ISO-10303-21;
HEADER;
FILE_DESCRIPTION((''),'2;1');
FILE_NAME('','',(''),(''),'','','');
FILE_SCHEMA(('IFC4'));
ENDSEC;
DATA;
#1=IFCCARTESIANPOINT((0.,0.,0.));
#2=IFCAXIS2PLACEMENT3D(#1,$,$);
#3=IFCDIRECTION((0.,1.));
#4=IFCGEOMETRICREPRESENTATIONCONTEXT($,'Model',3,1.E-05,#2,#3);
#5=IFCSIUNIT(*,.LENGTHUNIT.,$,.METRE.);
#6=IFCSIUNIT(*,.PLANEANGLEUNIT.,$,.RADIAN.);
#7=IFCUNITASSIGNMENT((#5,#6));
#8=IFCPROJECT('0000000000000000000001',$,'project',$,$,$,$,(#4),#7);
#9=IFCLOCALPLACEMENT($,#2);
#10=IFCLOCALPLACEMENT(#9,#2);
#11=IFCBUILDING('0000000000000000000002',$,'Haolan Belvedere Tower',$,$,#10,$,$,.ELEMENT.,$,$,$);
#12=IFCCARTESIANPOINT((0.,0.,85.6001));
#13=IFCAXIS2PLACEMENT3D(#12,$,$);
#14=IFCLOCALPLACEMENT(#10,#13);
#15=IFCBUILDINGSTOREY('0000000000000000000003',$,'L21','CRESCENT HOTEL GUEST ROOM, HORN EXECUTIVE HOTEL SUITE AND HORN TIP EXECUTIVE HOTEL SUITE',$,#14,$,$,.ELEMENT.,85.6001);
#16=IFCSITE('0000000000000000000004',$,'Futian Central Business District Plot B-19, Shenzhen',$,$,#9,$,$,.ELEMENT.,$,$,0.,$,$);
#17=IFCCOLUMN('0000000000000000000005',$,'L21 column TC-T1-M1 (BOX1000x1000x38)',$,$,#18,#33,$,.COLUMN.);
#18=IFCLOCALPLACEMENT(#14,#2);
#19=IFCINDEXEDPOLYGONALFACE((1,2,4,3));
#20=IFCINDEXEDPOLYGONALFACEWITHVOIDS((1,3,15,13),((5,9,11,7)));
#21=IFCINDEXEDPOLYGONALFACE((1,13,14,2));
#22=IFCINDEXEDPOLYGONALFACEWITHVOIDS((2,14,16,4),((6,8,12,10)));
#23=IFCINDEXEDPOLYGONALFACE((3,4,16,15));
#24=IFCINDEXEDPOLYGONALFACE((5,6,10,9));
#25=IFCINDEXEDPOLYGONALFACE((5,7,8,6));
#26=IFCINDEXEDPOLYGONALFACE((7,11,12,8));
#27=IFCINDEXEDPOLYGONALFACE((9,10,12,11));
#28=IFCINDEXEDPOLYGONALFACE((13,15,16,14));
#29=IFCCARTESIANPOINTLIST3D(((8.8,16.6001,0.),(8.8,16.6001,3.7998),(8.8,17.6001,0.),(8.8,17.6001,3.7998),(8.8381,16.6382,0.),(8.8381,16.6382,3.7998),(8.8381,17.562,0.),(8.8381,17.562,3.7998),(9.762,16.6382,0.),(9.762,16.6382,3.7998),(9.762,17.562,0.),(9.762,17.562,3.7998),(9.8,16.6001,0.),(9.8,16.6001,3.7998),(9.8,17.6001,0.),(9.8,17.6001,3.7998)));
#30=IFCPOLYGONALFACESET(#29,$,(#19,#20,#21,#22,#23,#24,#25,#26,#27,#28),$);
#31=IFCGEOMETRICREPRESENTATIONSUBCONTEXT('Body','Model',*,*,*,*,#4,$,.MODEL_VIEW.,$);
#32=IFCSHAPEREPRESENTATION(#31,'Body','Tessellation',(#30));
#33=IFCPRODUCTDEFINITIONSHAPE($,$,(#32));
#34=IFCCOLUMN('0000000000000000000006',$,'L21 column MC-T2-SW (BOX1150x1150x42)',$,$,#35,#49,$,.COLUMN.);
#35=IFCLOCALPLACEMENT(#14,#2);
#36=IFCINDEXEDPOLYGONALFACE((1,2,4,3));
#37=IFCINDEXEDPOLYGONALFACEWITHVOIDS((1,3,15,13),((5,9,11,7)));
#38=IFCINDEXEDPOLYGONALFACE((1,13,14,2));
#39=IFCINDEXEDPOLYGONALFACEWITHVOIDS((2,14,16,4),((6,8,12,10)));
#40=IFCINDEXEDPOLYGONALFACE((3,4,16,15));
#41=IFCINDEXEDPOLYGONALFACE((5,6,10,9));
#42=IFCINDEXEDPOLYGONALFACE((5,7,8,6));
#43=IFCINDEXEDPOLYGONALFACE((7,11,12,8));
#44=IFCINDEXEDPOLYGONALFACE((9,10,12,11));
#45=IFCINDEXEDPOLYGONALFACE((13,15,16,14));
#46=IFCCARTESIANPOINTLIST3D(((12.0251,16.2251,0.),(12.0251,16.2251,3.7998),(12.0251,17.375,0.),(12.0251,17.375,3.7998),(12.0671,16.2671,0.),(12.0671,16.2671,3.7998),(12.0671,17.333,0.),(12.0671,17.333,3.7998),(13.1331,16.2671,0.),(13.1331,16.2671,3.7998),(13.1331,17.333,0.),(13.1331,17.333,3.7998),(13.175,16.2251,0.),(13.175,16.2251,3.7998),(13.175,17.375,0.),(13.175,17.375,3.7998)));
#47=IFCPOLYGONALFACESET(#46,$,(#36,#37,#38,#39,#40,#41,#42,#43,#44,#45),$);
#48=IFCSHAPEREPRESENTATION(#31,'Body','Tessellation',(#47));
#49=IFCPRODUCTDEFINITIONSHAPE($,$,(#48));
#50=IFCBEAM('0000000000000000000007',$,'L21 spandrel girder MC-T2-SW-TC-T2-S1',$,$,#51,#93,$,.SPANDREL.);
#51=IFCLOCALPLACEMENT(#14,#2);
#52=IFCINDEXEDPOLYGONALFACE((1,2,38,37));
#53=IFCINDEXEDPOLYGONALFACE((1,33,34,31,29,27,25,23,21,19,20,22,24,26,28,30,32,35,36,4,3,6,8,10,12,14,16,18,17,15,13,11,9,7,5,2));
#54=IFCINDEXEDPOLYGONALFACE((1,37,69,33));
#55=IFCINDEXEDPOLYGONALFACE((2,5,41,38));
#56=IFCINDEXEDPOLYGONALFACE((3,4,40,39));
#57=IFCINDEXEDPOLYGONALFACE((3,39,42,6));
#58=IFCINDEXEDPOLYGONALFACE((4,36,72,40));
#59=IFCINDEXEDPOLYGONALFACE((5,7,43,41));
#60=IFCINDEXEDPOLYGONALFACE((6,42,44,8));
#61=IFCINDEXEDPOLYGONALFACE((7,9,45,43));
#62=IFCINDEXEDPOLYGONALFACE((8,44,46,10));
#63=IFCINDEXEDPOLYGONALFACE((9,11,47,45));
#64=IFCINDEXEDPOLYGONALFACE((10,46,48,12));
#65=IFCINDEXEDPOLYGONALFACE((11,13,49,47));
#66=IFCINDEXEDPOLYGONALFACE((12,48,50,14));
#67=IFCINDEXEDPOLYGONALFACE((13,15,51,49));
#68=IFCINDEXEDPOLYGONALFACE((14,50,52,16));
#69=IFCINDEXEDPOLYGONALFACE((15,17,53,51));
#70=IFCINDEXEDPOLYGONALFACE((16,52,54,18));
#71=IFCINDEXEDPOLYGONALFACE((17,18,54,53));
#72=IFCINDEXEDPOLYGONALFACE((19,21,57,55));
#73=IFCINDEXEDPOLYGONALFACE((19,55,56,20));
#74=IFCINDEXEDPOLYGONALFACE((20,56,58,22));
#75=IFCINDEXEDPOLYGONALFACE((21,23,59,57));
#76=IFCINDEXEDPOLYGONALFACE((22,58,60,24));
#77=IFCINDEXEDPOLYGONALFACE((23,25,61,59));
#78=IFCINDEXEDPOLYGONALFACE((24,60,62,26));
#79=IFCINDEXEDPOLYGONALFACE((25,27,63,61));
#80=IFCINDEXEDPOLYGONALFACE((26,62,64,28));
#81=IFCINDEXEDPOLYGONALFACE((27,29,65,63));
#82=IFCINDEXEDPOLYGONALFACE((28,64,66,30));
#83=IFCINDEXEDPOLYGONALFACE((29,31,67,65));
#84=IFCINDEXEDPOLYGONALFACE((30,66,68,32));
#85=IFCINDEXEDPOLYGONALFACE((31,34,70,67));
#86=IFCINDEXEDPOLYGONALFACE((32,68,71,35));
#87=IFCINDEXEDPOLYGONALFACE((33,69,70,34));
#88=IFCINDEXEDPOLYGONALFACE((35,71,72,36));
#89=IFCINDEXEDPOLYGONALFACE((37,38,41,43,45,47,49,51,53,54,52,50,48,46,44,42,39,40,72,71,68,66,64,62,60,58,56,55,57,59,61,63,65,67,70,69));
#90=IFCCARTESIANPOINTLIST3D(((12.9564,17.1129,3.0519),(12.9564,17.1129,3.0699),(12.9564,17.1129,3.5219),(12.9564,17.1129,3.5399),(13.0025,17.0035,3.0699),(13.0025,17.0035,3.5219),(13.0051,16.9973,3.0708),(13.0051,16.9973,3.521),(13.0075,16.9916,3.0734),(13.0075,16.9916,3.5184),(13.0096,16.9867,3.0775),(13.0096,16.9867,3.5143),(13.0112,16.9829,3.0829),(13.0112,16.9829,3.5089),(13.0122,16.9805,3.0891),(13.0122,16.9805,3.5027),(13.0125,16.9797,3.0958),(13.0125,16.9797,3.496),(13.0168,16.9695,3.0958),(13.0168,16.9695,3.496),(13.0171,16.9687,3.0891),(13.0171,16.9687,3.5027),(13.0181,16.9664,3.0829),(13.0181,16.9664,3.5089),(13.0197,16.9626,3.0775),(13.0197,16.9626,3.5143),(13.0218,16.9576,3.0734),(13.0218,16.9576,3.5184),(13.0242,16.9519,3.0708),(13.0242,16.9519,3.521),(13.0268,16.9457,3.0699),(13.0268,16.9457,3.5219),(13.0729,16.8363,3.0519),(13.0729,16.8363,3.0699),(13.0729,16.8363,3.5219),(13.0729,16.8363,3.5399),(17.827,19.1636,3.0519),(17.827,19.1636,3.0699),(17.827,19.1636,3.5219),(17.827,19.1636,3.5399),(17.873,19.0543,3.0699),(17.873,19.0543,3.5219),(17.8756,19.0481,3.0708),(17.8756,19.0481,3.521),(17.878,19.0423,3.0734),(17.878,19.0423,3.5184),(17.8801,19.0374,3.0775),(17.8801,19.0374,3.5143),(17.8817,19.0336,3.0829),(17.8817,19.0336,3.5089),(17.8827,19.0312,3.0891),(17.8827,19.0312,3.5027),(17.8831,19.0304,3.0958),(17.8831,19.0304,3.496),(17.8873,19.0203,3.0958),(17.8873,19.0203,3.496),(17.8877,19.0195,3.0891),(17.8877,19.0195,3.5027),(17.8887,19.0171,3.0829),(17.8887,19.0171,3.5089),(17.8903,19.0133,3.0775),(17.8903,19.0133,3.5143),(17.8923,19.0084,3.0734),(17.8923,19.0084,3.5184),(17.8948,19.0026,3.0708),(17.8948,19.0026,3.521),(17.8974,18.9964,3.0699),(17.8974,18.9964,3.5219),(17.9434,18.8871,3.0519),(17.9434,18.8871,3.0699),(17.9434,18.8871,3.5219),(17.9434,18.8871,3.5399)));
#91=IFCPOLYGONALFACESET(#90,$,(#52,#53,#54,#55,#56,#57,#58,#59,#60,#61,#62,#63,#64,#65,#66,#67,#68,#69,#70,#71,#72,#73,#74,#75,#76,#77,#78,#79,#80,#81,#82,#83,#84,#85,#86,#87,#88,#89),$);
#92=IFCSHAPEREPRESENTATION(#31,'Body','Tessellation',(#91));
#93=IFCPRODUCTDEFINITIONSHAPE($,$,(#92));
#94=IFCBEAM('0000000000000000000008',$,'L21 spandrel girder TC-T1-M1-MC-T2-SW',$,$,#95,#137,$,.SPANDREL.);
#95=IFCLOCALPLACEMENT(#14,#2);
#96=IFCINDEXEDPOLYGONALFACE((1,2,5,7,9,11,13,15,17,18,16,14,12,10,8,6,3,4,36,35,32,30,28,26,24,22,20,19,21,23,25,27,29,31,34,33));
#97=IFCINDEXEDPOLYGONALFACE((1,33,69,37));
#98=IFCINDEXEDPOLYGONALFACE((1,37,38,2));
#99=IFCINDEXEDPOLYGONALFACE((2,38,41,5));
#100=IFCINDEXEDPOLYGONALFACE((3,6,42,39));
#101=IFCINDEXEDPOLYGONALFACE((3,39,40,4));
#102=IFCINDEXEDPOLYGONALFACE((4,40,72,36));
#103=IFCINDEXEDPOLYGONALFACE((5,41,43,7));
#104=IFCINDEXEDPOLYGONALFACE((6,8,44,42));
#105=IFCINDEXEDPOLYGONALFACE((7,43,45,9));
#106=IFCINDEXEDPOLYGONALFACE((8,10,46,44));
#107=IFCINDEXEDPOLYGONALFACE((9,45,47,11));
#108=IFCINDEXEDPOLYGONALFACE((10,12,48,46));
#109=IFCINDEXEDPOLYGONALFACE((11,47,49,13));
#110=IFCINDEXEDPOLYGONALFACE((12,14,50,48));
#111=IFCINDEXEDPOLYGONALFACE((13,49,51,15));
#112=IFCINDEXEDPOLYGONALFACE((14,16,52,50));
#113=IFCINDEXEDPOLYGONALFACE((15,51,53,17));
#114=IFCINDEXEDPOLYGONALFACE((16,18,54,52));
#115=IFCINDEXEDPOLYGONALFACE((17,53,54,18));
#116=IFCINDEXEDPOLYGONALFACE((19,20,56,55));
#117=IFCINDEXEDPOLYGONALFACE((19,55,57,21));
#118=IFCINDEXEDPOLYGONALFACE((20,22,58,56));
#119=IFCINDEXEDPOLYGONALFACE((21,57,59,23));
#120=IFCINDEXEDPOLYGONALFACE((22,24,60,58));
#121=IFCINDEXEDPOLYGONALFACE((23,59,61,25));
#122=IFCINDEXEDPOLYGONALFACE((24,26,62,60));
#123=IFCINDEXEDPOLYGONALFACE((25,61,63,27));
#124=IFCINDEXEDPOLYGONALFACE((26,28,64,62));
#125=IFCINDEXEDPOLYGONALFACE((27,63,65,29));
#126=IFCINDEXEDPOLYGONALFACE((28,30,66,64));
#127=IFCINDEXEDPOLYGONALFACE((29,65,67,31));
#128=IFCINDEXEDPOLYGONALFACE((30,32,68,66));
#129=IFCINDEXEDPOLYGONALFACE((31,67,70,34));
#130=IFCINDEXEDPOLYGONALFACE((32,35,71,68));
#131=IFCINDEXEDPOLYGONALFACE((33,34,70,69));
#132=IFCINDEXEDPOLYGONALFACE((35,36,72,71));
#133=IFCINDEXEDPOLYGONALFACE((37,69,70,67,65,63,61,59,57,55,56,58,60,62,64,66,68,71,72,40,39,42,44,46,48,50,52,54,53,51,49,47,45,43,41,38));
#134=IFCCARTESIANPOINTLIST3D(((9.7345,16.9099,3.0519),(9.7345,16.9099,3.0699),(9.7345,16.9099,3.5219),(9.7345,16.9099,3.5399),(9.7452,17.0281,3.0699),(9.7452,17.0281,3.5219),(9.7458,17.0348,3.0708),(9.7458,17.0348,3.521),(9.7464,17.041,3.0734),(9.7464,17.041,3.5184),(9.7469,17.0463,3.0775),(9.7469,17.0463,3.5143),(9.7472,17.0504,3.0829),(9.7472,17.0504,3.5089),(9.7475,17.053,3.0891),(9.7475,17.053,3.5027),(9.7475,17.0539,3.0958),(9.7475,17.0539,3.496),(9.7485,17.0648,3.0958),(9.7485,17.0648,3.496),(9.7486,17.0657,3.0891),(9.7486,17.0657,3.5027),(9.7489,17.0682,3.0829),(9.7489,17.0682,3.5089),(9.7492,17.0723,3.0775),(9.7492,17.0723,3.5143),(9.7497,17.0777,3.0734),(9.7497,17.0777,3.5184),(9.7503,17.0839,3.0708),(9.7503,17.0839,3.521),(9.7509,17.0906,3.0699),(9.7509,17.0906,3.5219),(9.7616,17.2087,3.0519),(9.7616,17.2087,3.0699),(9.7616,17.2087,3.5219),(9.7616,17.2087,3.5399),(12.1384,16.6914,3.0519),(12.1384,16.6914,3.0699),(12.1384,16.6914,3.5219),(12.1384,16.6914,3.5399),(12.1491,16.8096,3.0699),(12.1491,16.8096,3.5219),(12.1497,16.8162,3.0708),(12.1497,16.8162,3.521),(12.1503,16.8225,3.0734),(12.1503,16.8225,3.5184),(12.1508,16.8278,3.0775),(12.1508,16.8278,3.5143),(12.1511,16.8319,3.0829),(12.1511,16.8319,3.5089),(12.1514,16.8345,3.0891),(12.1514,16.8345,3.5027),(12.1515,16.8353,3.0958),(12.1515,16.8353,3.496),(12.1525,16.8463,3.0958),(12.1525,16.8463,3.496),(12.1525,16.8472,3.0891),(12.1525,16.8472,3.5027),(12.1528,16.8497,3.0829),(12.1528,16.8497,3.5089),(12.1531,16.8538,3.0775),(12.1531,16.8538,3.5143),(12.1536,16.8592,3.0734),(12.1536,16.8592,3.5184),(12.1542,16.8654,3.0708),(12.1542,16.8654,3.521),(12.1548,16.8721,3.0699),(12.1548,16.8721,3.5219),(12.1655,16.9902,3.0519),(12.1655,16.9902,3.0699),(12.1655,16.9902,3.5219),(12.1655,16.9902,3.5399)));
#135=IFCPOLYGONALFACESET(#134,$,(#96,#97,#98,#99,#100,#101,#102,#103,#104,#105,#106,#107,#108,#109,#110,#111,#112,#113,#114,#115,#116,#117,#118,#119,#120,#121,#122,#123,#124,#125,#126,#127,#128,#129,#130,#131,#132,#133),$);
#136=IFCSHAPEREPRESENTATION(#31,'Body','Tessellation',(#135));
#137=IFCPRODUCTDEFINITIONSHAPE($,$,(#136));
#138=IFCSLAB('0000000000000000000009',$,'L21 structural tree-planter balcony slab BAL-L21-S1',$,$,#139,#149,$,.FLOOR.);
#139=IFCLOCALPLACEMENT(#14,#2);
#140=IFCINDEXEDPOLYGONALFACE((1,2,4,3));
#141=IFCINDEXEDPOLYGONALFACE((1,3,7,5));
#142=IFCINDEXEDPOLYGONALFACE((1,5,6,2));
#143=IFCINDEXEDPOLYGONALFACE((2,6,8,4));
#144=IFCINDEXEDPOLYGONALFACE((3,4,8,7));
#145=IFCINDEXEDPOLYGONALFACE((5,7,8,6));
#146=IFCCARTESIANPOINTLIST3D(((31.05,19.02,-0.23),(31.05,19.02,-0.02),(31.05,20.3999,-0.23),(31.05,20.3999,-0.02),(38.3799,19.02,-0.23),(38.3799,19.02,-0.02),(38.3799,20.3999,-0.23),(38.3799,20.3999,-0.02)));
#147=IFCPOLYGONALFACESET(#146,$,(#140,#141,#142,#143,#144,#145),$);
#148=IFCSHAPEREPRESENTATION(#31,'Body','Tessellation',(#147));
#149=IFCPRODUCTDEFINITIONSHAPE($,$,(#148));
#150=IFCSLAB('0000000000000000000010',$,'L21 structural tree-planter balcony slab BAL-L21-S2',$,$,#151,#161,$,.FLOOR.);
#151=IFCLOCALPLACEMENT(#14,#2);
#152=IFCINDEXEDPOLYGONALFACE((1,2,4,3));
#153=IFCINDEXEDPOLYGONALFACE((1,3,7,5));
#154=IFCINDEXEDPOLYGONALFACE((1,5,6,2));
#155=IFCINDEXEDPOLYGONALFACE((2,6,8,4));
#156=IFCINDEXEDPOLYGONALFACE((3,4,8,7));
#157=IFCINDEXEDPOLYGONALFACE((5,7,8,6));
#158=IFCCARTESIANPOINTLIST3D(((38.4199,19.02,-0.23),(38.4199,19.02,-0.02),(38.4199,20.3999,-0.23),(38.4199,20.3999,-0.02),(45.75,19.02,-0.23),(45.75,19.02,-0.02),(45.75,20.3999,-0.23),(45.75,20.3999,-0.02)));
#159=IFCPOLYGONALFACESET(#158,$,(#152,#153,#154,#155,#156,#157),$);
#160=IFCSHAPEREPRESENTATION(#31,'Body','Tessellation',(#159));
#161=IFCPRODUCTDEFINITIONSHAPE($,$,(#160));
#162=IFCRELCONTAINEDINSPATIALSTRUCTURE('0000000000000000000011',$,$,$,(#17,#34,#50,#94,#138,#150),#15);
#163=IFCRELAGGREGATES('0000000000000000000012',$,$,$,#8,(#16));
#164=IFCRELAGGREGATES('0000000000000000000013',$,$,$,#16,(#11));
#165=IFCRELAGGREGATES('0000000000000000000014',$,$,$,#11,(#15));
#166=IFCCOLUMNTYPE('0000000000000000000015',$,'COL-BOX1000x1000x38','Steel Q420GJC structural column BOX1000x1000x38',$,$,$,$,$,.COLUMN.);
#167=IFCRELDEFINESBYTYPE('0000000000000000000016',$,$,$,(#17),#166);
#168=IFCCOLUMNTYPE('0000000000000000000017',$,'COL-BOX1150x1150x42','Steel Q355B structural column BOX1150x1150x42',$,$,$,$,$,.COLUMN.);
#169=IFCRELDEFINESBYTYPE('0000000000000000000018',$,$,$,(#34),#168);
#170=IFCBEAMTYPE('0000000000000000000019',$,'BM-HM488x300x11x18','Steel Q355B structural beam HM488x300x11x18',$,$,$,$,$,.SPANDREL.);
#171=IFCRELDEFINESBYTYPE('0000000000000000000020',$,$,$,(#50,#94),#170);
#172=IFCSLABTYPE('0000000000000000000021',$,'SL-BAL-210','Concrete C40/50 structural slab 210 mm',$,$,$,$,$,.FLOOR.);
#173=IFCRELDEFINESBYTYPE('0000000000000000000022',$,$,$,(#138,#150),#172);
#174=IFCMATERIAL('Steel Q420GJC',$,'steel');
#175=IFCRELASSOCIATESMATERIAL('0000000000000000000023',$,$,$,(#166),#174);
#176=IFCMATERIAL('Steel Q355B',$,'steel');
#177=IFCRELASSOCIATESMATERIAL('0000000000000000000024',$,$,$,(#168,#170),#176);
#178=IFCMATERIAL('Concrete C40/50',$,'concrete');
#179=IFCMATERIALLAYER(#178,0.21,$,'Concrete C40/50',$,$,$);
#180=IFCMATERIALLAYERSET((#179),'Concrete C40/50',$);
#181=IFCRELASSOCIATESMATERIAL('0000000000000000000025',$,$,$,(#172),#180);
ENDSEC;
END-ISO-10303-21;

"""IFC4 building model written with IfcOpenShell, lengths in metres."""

from ifc_helpers import new_model, si_unit, direction, frame, origin, origin_2d, place, context, subcontext, project, spatial, polyline, hollow_rectangle, i_section, outline, extrude, material, layer, layer_set, material_profile, profile_set, type_object, element, save


model = new_model("IFC4")

# Units and contexts
model_context = context("Model", 3, precision=1e-05, world=origin(), true_north=direction((0.0, 1.0)))
body_context = subcontext(model_context, "Body", "Model", "MODEL_VIEW")
ifc_project = project(units=[si_unit("LENGTHUNIT", "METRE"), si_unit("PLANEANGLEUNIT", "RADIAN")], contexts=[model_context])

# Site, building, storey
site_placement = place(None, origin())
site = spatial("IfcSite", under=ifc_project, at=site_placement, Name="Futian Central Business District Plot B-19, Shenzhen", CompositionType="ELEMENT", RefElevation=0.0)
building_placement = place(site_placement, origin())
building = spatial("IfcBuilding", under=site, at=building_placement, Name="Haolan Belvedere Tower", CompositionType="ELEMENT")
storey_placement = place(building_placement, frame((0.0, 0.0, 85.6001)))
storey = spatial("IfcBuildingStorey", under=building, at=storey_placement, Name="L21", Description="CRESCENT HOTEL GUEST ROOM, HORN EXECUTIVE HOTEL SUITE AND HORN TIP EXECUTIVE HOTEL SUITE", CompositionType="ELEMENT", Elevation=85.6001)

# Columns
ifc_material_1 = material(Name="Steel Q420GJC", Category="steel")
ifc_material_profile_1 = material_profile(ifc_material_1, hollow_rectangle(XDim=1.0, YDim=1.0, WallThickness=0.0381, at=origin_2d()), Name="Steel Q420GJC")
ifc_profile_set_1 = profile_set([ifc_material_profile_1], Name="Steel Q420GJC")
column_type_1 = type_object("IfcColumnType", Name="COL-BOX1000x1000x38", Description="Steel Q420GJC structural column BOX1000x1000x38", PredefinedType="COLUMN", material=ifc_profile_set_1)
column_1_placement = place(storey_placement, frame((9.3, 17.1001, 0.0), z_axis=(0.0, 0.0, 1.0), x_axis=(1.0, 0.0, 0.0)))
element("IfcColumn", 1, at=column_1_placement, inside=storey, type_object=column_type_1, Name="L21 column TC-T1-M1 (BOX1000x1000x38)", PredefinedType="COLUMN", context=body_context, shape_type="SweptSolid", body=[
    extrude(hollow_rectangle(XDim=1.0, YDim=1.0, WallThickness=0.0381, at=origin_2d()), origin(), (0.0, 0.0, 1.0), 3.7998),
])
ifc_material_2 = material(Name="Steel Q355B", Category="steel")
ifc_material_profile_2 = material_profile(ifc_material_2, hollow_rectangle(XDim=1.1499, YDim=1.1499, WallThickness=0.042, at=origin_2d()), Name="Steel Q355B")
ifc_profile_set_2 = profile_set([ifc_material_profile_2], Name="Steel Q355B")
column_type_2 = type_object("IfcColumnType", Name="COL-BOX1150x1150x42", Description="Steel Q355B structural column BOX1150x1150x42", PredefinedType="COLUMN", material=ifc_profile_set_2)
column_2_placement = place(storey_placement, frame((12.6001, 16.8, 0.0), z_axis=(0.0, 0.0, 1.0), x_axis=(1.0, 0.0, 0.0)))
element("IfcColumn", 2, at=column_2_placement, inside=storey, type_object=column_type_2, Name="L21 column MC-T2-SW (BOX1150x1150x42)", PredefinedType="COLUMN", context=body_context, shape_type="SweptSolid", body=[
    extrude(hollow_rectangle(XDim=1.1499, YDim=1.1499, WallThickness=0.042, at=origin_2d()), origin(), (0.0, 0.0, 1.0), 3.7998),
])

# Beams
ifc_material_profile_3 = material_profile(ifc_material_2, i_section(OverallWidth=0.3, OverallDepth=0.488, WebThickness=0.011, FlangeThickness=0.0181, FilletRadius=0.0259, at=origin_2d()), Name="Steel Q355B")
ifc_profile_set_3 = profile_set([ifc_material_profile_3], Name="Steel Q355B")
beam_type = type_object("IfcBeamType", Name="BM-HM488x300x11x18", Description="Steel Q355B structural beam HM488x300x11x18", PredefinedType="SPANDREL", material=ifc_profile_set_3)
beam_1_placement = place(storey_placement, frame((13.0146, 16.9746, 3.2959), z_axis=(0.921635, 0.388057, 0.0), x_axis=(-0.388057, 0.921635, 0.0)))
element("IfcBeam", 3, at=beam_1_placement, inside=storey, type_object=beam_type, Name="L21 spandrel girder MC-T2-SW-TC-T2-S1", PredefinedType="SPANDREL", context=body_context, shape_type="SweptSolid", body=[
    extrude(i_section(OverallWidth=0.3, OverallDepth=0.488, WebThickness=0.011, FlangeThickness=0.0181, FilletRadius=0.0259, at=origin_2d()), origin(), (0.0, 0.0, 1.0), 5.2847),
])
beam_2_placement = place(storey_placement, frame((9.748, 17.0593, 3.2959), z_axis=(0.995894, -0.090527, 0.0), x_axis=(0.090527, 0.995894, 0.0)))
element("IfcBeam", 4, at=beam_2_placement, inside=storey, type_object=beam_type, Name="L21 spandrel girder TC-T1-M1-MC-T2-SW", PredefinedType="SPANDREL", context=body_context, shape_type="SweptSolid", body=[
    extrude(i_section(OverallWidth=0.3, OverallDepth=0.488, WebThickness=0.011, FlangeThickness=0.0181, FilletRadius=0.0259, at=origin_2d()), origin(), (0.0, 0.0, 1.0), 2.4138),
])

# Slabs
ifc_material_3 = material(Name="Concrete C40/50", Category="concrete")
ifc_layer_1 = layer(ifc_material_3, 0.21, Name="Concrete C40/50")
ifc_layer_set_1 = layer_set([ifc_layer_1], Name="Concrete C40/50")
slab_type_1 = type_object("IfcSlabType", Name="SL-BAL-210", Description="Concrete C40/50 structural slab 210 mm", PredefinedType="FLOOR", material=ifc_layer_set_1)
slab_1_placement = place(storey_placement, frame((0.0, 0.0, -0.23)))
element("IfcSlab", 5, at=slab_1_placement, inside=storey, type_object=slab_type_1, Name="L21 structural tree-planter balcony slab BAL-L21-S1", PredefinedType="FLOOR", context=body_context, shape_type="SweptSolid", body=[
    extrude(outline(polyline([(31.05, 19.02), (38.3799, 19.02), (38.3799, 20.3999), (31.05, 20.3999), (31.05, 19.02)])), origin(), (0.0, 0.0, 1.0), 0.21),
])
slab_2_placement = place(storey_placement, frame((0.0, 0.0, -0.23)))
element("IfcSlab", 6, at=slab_2_placement, inside=storey, type_object=slab_type_1, Name="L21 structural tree-planter balcony slab BAL-L21-S2", PredefinedType="FLOOR", context=body_context, shape_type="SweptSolid", body=[
    extrude(outline(polyline([(38.4199, 19.02), (45.75, 19.02), (45.75, 20.3999), (38.4199, 20.3999), (38.4199, 19.02)])), origin(), (0.0, 0.0, 1.0), 0.21),
])

save(model, "model.ifc")
